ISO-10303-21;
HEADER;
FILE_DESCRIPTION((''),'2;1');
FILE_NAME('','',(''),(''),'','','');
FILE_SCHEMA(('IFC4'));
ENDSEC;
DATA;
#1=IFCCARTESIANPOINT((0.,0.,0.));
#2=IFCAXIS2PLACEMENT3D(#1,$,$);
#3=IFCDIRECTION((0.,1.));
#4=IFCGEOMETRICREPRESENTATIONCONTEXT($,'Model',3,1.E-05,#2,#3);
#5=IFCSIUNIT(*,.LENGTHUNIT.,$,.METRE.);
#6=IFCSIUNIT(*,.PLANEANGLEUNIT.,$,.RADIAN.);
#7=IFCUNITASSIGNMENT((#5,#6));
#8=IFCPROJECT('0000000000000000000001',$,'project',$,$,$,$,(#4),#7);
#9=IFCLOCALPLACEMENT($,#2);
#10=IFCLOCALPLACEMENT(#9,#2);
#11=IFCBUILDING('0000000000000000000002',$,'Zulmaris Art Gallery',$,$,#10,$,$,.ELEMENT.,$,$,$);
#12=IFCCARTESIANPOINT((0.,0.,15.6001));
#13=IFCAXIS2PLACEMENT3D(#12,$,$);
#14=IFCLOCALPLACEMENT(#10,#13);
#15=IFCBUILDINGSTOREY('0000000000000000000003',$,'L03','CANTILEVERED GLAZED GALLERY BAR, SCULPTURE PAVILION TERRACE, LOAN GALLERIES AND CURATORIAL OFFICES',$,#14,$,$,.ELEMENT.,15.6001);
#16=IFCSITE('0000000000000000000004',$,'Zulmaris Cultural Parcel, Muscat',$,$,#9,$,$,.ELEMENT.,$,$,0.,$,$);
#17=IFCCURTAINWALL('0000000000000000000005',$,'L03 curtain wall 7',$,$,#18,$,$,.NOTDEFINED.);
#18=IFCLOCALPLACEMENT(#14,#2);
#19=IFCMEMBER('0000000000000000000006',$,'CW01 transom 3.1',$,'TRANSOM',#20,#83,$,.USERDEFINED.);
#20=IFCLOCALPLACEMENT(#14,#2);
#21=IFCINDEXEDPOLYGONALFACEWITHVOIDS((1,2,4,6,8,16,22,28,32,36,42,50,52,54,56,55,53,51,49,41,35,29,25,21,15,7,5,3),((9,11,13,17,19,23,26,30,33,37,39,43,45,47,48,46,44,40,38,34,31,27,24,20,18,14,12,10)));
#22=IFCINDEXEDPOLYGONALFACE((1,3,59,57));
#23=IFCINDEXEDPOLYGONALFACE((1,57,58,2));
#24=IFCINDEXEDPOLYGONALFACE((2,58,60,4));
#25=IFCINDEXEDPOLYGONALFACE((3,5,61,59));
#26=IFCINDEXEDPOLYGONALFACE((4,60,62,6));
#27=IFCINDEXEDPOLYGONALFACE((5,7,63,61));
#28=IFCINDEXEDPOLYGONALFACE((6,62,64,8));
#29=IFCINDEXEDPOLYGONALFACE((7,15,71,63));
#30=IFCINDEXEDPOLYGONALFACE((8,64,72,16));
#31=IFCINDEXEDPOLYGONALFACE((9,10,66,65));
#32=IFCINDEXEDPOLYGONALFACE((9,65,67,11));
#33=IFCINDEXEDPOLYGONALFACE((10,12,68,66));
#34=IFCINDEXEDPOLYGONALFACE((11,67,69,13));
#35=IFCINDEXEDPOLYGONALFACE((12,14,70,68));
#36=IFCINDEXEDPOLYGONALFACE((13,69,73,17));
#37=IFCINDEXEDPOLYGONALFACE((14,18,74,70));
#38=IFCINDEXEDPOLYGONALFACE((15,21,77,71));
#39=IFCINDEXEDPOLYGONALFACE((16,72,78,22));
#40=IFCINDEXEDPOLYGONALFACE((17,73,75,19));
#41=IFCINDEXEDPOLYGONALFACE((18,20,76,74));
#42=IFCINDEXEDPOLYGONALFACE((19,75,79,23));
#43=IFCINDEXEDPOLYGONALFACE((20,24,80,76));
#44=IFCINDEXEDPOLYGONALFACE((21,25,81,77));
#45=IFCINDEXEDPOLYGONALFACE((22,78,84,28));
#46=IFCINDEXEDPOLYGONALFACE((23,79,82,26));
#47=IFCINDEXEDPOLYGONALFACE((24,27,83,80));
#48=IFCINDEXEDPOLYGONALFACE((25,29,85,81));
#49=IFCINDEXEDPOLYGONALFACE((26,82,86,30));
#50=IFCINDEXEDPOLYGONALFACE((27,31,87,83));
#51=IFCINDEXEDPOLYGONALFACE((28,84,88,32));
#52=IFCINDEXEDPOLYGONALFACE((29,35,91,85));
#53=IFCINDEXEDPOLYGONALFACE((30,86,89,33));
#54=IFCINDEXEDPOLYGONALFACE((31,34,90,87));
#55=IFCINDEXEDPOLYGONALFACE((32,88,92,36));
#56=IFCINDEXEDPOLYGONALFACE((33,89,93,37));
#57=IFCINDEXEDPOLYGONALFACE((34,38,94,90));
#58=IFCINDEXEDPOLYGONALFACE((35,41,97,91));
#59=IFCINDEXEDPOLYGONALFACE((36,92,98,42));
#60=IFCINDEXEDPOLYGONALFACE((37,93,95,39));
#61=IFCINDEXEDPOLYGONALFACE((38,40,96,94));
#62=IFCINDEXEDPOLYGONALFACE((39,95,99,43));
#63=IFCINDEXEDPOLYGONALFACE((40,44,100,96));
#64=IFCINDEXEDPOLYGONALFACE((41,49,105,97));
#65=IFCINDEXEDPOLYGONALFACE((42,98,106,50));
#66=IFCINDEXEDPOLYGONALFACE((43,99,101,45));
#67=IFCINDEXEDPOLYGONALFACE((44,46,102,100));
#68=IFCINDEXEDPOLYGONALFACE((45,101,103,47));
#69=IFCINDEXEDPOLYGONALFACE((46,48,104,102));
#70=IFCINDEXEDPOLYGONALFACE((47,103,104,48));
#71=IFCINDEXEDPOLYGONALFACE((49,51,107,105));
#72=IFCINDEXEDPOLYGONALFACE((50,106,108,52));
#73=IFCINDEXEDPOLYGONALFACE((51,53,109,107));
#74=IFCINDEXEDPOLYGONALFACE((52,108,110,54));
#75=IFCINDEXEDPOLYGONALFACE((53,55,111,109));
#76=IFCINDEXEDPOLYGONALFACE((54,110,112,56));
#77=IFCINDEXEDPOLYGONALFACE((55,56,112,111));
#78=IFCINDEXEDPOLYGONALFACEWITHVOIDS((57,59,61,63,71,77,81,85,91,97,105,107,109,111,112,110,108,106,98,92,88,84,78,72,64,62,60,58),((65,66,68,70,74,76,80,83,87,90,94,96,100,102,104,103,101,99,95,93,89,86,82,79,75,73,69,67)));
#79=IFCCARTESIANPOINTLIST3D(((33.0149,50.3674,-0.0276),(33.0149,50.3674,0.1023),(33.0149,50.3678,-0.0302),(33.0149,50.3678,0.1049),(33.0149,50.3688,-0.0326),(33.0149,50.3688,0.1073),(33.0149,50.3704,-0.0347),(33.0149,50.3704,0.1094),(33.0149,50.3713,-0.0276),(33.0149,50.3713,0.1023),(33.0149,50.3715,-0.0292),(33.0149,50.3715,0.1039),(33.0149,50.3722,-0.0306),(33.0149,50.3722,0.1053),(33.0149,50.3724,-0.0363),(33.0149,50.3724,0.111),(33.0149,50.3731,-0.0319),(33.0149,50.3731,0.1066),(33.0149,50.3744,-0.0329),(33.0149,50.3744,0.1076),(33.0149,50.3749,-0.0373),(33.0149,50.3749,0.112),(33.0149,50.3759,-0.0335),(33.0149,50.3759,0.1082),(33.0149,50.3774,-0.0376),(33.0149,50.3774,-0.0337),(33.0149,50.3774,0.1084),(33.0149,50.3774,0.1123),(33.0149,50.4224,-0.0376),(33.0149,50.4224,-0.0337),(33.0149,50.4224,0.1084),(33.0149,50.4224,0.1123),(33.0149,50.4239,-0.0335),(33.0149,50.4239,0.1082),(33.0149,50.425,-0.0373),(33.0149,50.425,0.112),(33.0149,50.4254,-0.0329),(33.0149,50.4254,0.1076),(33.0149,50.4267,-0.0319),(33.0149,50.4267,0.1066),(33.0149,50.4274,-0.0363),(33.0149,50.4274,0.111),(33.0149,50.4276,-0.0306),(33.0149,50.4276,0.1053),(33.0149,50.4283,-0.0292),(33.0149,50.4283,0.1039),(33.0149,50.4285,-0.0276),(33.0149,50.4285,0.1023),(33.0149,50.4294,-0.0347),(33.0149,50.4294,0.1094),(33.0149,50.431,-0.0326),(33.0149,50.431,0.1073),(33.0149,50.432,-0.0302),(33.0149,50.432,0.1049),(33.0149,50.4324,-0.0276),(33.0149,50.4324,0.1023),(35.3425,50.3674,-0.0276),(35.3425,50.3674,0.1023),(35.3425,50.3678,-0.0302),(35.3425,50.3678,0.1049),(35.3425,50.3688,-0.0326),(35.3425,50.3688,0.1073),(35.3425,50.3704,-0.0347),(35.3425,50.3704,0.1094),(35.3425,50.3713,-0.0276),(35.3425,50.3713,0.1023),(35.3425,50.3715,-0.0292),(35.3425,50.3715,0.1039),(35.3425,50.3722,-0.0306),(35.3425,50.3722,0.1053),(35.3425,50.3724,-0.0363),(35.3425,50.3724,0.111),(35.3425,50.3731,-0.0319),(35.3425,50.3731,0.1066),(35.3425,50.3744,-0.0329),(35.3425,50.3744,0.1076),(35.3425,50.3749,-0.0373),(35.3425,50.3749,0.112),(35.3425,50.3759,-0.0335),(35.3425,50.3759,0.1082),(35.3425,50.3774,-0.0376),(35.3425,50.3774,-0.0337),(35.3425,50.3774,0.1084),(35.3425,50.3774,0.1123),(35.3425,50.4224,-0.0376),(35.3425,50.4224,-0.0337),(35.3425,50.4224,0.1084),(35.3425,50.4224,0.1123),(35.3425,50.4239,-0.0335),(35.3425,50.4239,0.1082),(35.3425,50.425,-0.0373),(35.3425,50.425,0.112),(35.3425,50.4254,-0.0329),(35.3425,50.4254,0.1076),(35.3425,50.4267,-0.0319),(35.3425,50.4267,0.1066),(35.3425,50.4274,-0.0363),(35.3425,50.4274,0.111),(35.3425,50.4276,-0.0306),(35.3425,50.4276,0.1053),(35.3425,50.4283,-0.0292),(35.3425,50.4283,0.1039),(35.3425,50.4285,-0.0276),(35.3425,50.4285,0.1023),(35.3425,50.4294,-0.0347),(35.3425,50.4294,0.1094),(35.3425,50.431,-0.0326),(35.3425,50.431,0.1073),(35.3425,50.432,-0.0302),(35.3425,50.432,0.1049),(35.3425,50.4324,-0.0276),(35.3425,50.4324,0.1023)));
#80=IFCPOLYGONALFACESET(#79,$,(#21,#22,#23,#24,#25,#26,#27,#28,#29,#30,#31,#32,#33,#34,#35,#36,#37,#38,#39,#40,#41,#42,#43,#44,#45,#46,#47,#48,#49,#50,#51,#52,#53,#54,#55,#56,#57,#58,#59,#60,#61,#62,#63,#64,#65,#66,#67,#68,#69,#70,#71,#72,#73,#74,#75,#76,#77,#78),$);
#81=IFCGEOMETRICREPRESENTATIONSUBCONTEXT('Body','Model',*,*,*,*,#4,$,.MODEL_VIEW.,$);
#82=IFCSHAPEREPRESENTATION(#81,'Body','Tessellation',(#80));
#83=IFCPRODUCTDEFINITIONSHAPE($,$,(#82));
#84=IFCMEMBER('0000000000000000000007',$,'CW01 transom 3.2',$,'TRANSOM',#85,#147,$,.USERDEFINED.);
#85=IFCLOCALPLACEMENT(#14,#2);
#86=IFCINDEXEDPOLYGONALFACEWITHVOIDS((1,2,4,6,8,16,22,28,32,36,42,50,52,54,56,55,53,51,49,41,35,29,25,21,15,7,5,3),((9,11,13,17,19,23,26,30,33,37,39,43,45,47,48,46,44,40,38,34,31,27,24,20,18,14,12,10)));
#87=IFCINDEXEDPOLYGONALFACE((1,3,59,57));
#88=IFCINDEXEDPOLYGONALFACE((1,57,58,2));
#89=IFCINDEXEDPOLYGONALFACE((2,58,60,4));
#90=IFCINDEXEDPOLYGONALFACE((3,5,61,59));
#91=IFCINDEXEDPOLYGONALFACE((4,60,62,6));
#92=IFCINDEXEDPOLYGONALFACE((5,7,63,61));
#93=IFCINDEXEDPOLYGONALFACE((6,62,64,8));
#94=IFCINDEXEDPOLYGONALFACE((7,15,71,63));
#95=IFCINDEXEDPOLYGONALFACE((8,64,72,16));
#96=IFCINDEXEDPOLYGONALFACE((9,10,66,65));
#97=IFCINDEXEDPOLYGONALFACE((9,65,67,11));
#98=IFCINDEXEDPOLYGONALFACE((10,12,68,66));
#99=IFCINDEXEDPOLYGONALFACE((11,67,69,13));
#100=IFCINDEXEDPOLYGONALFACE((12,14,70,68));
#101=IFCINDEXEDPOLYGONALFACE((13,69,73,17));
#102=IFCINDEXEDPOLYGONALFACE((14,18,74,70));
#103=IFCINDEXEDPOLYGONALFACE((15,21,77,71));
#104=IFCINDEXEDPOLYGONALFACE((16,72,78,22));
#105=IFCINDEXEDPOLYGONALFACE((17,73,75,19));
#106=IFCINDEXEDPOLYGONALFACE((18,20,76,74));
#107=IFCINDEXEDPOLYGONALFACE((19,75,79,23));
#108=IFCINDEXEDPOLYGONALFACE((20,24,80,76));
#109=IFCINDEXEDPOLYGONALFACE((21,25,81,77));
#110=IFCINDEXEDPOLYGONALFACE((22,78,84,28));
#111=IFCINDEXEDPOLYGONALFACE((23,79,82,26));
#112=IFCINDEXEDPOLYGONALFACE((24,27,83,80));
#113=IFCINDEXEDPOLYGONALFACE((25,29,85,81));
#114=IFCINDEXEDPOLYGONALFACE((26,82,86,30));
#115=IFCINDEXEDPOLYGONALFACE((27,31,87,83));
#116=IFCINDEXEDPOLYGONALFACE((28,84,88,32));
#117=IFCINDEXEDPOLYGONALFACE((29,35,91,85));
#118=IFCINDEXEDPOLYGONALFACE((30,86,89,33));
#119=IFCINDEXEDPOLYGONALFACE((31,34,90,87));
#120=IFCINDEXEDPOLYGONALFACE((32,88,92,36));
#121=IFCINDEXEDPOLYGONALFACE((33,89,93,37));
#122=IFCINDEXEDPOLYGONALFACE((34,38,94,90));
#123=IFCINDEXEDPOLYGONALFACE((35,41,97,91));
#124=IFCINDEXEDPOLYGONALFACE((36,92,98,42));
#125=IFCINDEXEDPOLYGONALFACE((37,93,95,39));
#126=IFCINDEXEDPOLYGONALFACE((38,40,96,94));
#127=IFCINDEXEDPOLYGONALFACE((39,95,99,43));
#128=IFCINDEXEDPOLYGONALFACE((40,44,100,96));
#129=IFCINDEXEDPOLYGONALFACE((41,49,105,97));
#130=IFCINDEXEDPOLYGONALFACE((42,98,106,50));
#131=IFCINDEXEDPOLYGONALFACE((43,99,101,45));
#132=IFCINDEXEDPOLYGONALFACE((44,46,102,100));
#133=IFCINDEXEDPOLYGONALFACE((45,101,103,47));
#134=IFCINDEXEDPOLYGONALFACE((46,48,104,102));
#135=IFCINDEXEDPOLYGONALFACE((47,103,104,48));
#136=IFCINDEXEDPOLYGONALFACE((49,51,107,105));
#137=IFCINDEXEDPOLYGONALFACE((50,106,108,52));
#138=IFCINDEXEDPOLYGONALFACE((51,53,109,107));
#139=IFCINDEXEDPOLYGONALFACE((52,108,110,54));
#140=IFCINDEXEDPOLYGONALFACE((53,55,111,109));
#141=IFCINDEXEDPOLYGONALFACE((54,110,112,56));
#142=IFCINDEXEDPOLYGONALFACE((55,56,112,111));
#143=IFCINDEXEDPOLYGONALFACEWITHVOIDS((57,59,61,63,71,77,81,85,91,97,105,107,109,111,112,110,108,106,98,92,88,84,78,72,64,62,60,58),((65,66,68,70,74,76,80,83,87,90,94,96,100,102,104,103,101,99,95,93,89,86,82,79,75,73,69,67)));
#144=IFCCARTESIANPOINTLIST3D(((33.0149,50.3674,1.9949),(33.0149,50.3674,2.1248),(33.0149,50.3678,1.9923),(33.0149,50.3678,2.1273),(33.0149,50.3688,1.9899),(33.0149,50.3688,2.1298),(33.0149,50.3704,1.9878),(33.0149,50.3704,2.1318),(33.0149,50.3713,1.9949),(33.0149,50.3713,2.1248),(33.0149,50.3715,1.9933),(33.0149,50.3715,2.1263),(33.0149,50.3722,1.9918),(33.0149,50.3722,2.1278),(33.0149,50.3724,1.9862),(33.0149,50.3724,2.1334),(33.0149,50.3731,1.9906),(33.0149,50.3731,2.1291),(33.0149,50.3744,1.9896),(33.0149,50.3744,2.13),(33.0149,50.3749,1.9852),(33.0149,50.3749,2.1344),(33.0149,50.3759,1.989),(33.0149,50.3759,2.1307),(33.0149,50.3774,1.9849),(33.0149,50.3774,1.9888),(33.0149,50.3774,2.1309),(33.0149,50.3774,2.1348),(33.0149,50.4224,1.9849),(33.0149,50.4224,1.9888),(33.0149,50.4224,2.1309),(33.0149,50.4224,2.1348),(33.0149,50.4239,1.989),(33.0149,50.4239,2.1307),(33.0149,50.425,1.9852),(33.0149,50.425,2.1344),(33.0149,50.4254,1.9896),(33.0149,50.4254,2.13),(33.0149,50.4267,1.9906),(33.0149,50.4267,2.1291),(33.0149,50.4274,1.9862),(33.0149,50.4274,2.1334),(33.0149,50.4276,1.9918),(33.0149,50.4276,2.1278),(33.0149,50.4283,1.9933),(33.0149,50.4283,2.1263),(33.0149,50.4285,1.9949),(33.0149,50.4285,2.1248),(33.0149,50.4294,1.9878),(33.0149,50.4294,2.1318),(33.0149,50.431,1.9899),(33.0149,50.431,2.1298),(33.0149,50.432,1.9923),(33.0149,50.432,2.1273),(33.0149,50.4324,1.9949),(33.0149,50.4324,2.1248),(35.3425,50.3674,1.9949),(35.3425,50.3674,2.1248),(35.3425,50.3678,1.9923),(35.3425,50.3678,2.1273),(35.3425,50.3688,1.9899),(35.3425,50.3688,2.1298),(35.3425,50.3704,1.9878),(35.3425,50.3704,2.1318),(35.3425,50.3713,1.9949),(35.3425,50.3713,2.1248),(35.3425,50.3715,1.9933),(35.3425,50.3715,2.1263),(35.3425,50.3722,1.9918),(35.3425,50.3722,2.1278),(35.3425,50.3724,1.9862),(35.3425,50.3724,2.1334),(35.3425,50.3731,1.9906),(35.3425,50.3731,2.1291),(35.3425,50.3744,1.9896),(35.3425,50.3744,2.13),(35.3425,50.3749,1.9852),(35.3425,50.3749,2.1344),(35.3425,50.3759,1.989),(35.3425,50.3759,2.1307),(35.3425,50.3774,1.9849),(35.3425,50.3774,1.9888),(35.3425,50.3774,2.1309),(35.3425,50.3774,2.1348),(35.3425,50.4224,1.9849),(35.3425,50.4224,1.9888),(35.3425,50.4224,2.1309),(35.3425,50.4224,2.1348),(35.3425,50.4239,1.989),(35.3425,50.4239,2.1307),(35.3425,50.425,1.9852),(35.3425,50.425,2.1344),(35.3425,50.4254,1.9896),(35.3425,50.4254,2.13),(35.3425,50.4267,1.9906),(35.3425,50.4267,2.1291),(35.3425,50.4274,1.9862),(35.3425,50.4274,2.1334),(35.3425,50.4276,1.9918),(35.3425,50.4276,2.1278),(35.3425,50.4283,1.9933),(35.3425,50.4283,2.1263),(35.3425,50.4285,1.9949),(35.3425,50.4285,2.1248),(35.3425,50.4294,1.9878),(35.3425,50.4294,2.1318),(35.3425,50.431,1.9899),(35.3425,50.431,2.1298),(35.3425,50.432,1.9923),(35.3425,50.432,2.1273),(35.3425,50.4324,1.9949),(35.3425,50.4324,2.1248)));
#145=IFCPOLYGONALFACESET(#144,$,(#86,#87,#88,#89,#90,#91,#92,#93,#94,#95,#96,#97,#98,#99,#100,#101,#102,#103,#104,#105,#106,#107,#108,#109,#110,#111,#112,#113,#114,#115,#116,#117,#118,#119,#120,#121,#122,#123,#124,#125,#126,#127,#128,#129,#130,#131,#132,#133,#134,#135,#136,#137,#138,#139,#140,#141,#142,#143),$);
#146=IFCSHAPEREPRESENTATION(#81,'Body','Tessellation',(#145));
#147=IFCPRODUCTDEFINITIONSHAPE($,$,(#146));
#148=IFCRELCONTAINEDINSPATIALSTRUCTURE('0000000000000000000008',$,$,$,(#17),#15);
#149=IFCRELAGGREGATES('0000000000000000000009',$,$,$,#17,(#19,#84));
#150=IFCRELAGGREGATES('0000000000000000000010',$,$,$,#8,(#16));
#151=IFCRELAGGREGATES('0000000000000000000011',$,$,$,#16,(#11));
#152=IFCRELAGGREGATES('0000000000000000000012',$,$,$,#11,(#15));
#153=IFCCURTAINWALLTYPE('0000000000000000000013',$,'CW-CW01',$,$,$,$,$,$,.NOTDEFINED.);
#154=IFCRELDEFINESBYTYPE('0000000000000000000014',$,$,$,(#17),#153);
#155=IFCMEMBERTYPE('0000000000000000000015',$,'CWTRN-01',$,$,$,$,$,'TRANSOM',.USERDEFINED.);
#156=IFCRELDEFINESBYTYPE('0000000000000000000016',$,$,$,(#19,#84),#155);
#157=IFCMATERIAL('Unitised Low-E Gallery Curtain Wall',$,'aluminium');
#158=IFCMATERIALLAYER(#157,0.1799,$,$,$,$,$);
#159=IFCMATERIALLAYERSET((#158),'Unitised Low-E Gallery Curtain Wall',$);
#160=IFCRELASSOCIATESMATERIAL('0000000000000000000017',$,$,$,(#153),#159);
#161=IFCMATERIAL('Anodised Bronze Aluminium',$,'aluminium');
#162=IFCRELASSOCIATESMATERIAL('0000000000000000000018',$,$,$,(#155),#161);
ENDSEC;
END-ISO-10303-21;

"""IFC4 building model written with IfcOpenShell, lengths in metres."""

from ifc_helpers import new_model, si_unit, direction, frame, origin, origin_2d, place, context, subcontext, project, spatial, hollow_rectangle, extrude, material, layer, layer_set, material_profile, profile_set, type_object, element, aggregate, save


model = new_model("IFC4")

# Units and contexts
model_context = context("Model", 3, precision=1e-05, world=origin(), true_north=direction((0.0, 1.0)))
body_context = subcontext(model_context, "Body", "Model", "MODEL_VIEW")
ifc_project = project(units=[si_unit("LENGTHUNIT", "METRE"), si_unit("PLANEANGLEUNIT", "RADIAN")], contexts=[model_context])

# Site, building, storey
site_placement = place(None, origin())
site = spatial("IfcSite", under=ifc_project, at=site_placement, Name="Zulmaris Cultural Parcel, Muscat", CompositionType="ELEMENT", RefElevation=0.0)
building_placement = place(site_placement, origin())
building = spatial("IfcBuilding", under=site, at=building_placement, Name="Zulmaris Art Gallery", CompositionType="ELEMENT")
storey_placement = place(building_placement, frame((0.0, 0.0, 15.6001)))
storey = spatial("IfcBuildingStorey", under=building, at=storey_placement, Name="L03", Description="CANTILEVERED GLAZED GALLERY BAR, SCULPTURE PAVILION TERRACE, LOAN GALLERIES AND CURATORIAL OFFICES", CompositionType="ELEMENT", Elevation=15.6001)

# Curtain wall
ifc_material_1 = material(Name="Unitised Low-E Gallery Curtain Wall", Category="aluminium")
ifc_layer_1 = layer(ifc_material_1, 0.1799)
ifc_layer_set_1 = layer_set([ifc_layer_1], Name="Unitised Low-E Gallery Curtain Wall")
curtain_wall_type = type_object("IfcCurtainWallType", Name="CW-CW01", PredefinedType="NOTDEFINED", material=ifc_layer_set_1)
ifc_material_2 = material(Name="Anodised Bronze Aluminium", Category="aluminium")
curtain_wall_1_placement = place(storey_placement, origin())
curtain_wall_1 = element("IfcCurtainWall", 1, at=curtain_wall_1_placement, inside=storey, type_object=curtain_wall_type, Name="L03 curtain wall 7", PredefinedType="NOTDEFINED")

# Members
ifc_material_profile_1 = material_profile(ifc_material_2, hollow_rectangle(XDim=0.0649, YDim=0.1499, WallThickness=0.0039, InnerFilletRadius=0.0061, OuterFilletRadius=0.01, at=origin_2d()), Name="ALU 65x150x4")
ifc_profile_set_1 = profile_set([ifc_material_profile_1], Name="Anodised Bronze Aluminium")
member_type_1 = type_object("IfcMemberType", Name="CWTRN-01", ElementType="TRANSOM", PredefinedType="USERDEFINED", material=ifc_profile_set_1)
member_1_placement = place(storey_placement, frame((35.3425, 50.3999, 0.0374), z_axis=(-1.0, 0.0, 0.0), x_axis=(0.0, -1.0, 0.0)))
member_1 = element("IfcMember", 2, at=member_1_placement, type_object=member_type_1, Name="CW01 transom 3.1", ObjectType="TRANSOM", PredefinedType="USERDEFINED", context=body_context, shape_type="SweptSolid", body=[
    extrude(hollow_rectangle(XDim=0.0649, YDim=0.1499, WallThickness=0.0039, InnerFilletRadius=0.0061, OuterFilletRadius=0.01, at=origin_2d()), origin(), (0.0, 0.0, 1.0), 2.3276),
])
member_2_placement = place(storey_placement, frame((35.3425, 50.3999, 2.0598), z_axis=(-1.0, 0.0, 0.0), x_axis=(0.0, -1.0, 0.0)))
member_2 = element("IfcMember", 3, at=member_2_placement, type_object=member_type_1, Name="CW01 transom 3.2", ObjectType="TRANSOM", PredefinedType="USERDEFINED", context=body_context, shape_type="SweptSolid", body=[
    extrude(hollow_rectangle(XDim=0.0649, YDim=0.1499, WallThickness=0.0039, InnerFilletRadius=0.0061, OuterFilletRadius=0.01, at=origin_2d()), origin(), (0.0, 0.0, 1.0), 2.3276),
])

aggregate(curtain_wall_1, [member_1, member_2])

save(model, "model.ifc")
